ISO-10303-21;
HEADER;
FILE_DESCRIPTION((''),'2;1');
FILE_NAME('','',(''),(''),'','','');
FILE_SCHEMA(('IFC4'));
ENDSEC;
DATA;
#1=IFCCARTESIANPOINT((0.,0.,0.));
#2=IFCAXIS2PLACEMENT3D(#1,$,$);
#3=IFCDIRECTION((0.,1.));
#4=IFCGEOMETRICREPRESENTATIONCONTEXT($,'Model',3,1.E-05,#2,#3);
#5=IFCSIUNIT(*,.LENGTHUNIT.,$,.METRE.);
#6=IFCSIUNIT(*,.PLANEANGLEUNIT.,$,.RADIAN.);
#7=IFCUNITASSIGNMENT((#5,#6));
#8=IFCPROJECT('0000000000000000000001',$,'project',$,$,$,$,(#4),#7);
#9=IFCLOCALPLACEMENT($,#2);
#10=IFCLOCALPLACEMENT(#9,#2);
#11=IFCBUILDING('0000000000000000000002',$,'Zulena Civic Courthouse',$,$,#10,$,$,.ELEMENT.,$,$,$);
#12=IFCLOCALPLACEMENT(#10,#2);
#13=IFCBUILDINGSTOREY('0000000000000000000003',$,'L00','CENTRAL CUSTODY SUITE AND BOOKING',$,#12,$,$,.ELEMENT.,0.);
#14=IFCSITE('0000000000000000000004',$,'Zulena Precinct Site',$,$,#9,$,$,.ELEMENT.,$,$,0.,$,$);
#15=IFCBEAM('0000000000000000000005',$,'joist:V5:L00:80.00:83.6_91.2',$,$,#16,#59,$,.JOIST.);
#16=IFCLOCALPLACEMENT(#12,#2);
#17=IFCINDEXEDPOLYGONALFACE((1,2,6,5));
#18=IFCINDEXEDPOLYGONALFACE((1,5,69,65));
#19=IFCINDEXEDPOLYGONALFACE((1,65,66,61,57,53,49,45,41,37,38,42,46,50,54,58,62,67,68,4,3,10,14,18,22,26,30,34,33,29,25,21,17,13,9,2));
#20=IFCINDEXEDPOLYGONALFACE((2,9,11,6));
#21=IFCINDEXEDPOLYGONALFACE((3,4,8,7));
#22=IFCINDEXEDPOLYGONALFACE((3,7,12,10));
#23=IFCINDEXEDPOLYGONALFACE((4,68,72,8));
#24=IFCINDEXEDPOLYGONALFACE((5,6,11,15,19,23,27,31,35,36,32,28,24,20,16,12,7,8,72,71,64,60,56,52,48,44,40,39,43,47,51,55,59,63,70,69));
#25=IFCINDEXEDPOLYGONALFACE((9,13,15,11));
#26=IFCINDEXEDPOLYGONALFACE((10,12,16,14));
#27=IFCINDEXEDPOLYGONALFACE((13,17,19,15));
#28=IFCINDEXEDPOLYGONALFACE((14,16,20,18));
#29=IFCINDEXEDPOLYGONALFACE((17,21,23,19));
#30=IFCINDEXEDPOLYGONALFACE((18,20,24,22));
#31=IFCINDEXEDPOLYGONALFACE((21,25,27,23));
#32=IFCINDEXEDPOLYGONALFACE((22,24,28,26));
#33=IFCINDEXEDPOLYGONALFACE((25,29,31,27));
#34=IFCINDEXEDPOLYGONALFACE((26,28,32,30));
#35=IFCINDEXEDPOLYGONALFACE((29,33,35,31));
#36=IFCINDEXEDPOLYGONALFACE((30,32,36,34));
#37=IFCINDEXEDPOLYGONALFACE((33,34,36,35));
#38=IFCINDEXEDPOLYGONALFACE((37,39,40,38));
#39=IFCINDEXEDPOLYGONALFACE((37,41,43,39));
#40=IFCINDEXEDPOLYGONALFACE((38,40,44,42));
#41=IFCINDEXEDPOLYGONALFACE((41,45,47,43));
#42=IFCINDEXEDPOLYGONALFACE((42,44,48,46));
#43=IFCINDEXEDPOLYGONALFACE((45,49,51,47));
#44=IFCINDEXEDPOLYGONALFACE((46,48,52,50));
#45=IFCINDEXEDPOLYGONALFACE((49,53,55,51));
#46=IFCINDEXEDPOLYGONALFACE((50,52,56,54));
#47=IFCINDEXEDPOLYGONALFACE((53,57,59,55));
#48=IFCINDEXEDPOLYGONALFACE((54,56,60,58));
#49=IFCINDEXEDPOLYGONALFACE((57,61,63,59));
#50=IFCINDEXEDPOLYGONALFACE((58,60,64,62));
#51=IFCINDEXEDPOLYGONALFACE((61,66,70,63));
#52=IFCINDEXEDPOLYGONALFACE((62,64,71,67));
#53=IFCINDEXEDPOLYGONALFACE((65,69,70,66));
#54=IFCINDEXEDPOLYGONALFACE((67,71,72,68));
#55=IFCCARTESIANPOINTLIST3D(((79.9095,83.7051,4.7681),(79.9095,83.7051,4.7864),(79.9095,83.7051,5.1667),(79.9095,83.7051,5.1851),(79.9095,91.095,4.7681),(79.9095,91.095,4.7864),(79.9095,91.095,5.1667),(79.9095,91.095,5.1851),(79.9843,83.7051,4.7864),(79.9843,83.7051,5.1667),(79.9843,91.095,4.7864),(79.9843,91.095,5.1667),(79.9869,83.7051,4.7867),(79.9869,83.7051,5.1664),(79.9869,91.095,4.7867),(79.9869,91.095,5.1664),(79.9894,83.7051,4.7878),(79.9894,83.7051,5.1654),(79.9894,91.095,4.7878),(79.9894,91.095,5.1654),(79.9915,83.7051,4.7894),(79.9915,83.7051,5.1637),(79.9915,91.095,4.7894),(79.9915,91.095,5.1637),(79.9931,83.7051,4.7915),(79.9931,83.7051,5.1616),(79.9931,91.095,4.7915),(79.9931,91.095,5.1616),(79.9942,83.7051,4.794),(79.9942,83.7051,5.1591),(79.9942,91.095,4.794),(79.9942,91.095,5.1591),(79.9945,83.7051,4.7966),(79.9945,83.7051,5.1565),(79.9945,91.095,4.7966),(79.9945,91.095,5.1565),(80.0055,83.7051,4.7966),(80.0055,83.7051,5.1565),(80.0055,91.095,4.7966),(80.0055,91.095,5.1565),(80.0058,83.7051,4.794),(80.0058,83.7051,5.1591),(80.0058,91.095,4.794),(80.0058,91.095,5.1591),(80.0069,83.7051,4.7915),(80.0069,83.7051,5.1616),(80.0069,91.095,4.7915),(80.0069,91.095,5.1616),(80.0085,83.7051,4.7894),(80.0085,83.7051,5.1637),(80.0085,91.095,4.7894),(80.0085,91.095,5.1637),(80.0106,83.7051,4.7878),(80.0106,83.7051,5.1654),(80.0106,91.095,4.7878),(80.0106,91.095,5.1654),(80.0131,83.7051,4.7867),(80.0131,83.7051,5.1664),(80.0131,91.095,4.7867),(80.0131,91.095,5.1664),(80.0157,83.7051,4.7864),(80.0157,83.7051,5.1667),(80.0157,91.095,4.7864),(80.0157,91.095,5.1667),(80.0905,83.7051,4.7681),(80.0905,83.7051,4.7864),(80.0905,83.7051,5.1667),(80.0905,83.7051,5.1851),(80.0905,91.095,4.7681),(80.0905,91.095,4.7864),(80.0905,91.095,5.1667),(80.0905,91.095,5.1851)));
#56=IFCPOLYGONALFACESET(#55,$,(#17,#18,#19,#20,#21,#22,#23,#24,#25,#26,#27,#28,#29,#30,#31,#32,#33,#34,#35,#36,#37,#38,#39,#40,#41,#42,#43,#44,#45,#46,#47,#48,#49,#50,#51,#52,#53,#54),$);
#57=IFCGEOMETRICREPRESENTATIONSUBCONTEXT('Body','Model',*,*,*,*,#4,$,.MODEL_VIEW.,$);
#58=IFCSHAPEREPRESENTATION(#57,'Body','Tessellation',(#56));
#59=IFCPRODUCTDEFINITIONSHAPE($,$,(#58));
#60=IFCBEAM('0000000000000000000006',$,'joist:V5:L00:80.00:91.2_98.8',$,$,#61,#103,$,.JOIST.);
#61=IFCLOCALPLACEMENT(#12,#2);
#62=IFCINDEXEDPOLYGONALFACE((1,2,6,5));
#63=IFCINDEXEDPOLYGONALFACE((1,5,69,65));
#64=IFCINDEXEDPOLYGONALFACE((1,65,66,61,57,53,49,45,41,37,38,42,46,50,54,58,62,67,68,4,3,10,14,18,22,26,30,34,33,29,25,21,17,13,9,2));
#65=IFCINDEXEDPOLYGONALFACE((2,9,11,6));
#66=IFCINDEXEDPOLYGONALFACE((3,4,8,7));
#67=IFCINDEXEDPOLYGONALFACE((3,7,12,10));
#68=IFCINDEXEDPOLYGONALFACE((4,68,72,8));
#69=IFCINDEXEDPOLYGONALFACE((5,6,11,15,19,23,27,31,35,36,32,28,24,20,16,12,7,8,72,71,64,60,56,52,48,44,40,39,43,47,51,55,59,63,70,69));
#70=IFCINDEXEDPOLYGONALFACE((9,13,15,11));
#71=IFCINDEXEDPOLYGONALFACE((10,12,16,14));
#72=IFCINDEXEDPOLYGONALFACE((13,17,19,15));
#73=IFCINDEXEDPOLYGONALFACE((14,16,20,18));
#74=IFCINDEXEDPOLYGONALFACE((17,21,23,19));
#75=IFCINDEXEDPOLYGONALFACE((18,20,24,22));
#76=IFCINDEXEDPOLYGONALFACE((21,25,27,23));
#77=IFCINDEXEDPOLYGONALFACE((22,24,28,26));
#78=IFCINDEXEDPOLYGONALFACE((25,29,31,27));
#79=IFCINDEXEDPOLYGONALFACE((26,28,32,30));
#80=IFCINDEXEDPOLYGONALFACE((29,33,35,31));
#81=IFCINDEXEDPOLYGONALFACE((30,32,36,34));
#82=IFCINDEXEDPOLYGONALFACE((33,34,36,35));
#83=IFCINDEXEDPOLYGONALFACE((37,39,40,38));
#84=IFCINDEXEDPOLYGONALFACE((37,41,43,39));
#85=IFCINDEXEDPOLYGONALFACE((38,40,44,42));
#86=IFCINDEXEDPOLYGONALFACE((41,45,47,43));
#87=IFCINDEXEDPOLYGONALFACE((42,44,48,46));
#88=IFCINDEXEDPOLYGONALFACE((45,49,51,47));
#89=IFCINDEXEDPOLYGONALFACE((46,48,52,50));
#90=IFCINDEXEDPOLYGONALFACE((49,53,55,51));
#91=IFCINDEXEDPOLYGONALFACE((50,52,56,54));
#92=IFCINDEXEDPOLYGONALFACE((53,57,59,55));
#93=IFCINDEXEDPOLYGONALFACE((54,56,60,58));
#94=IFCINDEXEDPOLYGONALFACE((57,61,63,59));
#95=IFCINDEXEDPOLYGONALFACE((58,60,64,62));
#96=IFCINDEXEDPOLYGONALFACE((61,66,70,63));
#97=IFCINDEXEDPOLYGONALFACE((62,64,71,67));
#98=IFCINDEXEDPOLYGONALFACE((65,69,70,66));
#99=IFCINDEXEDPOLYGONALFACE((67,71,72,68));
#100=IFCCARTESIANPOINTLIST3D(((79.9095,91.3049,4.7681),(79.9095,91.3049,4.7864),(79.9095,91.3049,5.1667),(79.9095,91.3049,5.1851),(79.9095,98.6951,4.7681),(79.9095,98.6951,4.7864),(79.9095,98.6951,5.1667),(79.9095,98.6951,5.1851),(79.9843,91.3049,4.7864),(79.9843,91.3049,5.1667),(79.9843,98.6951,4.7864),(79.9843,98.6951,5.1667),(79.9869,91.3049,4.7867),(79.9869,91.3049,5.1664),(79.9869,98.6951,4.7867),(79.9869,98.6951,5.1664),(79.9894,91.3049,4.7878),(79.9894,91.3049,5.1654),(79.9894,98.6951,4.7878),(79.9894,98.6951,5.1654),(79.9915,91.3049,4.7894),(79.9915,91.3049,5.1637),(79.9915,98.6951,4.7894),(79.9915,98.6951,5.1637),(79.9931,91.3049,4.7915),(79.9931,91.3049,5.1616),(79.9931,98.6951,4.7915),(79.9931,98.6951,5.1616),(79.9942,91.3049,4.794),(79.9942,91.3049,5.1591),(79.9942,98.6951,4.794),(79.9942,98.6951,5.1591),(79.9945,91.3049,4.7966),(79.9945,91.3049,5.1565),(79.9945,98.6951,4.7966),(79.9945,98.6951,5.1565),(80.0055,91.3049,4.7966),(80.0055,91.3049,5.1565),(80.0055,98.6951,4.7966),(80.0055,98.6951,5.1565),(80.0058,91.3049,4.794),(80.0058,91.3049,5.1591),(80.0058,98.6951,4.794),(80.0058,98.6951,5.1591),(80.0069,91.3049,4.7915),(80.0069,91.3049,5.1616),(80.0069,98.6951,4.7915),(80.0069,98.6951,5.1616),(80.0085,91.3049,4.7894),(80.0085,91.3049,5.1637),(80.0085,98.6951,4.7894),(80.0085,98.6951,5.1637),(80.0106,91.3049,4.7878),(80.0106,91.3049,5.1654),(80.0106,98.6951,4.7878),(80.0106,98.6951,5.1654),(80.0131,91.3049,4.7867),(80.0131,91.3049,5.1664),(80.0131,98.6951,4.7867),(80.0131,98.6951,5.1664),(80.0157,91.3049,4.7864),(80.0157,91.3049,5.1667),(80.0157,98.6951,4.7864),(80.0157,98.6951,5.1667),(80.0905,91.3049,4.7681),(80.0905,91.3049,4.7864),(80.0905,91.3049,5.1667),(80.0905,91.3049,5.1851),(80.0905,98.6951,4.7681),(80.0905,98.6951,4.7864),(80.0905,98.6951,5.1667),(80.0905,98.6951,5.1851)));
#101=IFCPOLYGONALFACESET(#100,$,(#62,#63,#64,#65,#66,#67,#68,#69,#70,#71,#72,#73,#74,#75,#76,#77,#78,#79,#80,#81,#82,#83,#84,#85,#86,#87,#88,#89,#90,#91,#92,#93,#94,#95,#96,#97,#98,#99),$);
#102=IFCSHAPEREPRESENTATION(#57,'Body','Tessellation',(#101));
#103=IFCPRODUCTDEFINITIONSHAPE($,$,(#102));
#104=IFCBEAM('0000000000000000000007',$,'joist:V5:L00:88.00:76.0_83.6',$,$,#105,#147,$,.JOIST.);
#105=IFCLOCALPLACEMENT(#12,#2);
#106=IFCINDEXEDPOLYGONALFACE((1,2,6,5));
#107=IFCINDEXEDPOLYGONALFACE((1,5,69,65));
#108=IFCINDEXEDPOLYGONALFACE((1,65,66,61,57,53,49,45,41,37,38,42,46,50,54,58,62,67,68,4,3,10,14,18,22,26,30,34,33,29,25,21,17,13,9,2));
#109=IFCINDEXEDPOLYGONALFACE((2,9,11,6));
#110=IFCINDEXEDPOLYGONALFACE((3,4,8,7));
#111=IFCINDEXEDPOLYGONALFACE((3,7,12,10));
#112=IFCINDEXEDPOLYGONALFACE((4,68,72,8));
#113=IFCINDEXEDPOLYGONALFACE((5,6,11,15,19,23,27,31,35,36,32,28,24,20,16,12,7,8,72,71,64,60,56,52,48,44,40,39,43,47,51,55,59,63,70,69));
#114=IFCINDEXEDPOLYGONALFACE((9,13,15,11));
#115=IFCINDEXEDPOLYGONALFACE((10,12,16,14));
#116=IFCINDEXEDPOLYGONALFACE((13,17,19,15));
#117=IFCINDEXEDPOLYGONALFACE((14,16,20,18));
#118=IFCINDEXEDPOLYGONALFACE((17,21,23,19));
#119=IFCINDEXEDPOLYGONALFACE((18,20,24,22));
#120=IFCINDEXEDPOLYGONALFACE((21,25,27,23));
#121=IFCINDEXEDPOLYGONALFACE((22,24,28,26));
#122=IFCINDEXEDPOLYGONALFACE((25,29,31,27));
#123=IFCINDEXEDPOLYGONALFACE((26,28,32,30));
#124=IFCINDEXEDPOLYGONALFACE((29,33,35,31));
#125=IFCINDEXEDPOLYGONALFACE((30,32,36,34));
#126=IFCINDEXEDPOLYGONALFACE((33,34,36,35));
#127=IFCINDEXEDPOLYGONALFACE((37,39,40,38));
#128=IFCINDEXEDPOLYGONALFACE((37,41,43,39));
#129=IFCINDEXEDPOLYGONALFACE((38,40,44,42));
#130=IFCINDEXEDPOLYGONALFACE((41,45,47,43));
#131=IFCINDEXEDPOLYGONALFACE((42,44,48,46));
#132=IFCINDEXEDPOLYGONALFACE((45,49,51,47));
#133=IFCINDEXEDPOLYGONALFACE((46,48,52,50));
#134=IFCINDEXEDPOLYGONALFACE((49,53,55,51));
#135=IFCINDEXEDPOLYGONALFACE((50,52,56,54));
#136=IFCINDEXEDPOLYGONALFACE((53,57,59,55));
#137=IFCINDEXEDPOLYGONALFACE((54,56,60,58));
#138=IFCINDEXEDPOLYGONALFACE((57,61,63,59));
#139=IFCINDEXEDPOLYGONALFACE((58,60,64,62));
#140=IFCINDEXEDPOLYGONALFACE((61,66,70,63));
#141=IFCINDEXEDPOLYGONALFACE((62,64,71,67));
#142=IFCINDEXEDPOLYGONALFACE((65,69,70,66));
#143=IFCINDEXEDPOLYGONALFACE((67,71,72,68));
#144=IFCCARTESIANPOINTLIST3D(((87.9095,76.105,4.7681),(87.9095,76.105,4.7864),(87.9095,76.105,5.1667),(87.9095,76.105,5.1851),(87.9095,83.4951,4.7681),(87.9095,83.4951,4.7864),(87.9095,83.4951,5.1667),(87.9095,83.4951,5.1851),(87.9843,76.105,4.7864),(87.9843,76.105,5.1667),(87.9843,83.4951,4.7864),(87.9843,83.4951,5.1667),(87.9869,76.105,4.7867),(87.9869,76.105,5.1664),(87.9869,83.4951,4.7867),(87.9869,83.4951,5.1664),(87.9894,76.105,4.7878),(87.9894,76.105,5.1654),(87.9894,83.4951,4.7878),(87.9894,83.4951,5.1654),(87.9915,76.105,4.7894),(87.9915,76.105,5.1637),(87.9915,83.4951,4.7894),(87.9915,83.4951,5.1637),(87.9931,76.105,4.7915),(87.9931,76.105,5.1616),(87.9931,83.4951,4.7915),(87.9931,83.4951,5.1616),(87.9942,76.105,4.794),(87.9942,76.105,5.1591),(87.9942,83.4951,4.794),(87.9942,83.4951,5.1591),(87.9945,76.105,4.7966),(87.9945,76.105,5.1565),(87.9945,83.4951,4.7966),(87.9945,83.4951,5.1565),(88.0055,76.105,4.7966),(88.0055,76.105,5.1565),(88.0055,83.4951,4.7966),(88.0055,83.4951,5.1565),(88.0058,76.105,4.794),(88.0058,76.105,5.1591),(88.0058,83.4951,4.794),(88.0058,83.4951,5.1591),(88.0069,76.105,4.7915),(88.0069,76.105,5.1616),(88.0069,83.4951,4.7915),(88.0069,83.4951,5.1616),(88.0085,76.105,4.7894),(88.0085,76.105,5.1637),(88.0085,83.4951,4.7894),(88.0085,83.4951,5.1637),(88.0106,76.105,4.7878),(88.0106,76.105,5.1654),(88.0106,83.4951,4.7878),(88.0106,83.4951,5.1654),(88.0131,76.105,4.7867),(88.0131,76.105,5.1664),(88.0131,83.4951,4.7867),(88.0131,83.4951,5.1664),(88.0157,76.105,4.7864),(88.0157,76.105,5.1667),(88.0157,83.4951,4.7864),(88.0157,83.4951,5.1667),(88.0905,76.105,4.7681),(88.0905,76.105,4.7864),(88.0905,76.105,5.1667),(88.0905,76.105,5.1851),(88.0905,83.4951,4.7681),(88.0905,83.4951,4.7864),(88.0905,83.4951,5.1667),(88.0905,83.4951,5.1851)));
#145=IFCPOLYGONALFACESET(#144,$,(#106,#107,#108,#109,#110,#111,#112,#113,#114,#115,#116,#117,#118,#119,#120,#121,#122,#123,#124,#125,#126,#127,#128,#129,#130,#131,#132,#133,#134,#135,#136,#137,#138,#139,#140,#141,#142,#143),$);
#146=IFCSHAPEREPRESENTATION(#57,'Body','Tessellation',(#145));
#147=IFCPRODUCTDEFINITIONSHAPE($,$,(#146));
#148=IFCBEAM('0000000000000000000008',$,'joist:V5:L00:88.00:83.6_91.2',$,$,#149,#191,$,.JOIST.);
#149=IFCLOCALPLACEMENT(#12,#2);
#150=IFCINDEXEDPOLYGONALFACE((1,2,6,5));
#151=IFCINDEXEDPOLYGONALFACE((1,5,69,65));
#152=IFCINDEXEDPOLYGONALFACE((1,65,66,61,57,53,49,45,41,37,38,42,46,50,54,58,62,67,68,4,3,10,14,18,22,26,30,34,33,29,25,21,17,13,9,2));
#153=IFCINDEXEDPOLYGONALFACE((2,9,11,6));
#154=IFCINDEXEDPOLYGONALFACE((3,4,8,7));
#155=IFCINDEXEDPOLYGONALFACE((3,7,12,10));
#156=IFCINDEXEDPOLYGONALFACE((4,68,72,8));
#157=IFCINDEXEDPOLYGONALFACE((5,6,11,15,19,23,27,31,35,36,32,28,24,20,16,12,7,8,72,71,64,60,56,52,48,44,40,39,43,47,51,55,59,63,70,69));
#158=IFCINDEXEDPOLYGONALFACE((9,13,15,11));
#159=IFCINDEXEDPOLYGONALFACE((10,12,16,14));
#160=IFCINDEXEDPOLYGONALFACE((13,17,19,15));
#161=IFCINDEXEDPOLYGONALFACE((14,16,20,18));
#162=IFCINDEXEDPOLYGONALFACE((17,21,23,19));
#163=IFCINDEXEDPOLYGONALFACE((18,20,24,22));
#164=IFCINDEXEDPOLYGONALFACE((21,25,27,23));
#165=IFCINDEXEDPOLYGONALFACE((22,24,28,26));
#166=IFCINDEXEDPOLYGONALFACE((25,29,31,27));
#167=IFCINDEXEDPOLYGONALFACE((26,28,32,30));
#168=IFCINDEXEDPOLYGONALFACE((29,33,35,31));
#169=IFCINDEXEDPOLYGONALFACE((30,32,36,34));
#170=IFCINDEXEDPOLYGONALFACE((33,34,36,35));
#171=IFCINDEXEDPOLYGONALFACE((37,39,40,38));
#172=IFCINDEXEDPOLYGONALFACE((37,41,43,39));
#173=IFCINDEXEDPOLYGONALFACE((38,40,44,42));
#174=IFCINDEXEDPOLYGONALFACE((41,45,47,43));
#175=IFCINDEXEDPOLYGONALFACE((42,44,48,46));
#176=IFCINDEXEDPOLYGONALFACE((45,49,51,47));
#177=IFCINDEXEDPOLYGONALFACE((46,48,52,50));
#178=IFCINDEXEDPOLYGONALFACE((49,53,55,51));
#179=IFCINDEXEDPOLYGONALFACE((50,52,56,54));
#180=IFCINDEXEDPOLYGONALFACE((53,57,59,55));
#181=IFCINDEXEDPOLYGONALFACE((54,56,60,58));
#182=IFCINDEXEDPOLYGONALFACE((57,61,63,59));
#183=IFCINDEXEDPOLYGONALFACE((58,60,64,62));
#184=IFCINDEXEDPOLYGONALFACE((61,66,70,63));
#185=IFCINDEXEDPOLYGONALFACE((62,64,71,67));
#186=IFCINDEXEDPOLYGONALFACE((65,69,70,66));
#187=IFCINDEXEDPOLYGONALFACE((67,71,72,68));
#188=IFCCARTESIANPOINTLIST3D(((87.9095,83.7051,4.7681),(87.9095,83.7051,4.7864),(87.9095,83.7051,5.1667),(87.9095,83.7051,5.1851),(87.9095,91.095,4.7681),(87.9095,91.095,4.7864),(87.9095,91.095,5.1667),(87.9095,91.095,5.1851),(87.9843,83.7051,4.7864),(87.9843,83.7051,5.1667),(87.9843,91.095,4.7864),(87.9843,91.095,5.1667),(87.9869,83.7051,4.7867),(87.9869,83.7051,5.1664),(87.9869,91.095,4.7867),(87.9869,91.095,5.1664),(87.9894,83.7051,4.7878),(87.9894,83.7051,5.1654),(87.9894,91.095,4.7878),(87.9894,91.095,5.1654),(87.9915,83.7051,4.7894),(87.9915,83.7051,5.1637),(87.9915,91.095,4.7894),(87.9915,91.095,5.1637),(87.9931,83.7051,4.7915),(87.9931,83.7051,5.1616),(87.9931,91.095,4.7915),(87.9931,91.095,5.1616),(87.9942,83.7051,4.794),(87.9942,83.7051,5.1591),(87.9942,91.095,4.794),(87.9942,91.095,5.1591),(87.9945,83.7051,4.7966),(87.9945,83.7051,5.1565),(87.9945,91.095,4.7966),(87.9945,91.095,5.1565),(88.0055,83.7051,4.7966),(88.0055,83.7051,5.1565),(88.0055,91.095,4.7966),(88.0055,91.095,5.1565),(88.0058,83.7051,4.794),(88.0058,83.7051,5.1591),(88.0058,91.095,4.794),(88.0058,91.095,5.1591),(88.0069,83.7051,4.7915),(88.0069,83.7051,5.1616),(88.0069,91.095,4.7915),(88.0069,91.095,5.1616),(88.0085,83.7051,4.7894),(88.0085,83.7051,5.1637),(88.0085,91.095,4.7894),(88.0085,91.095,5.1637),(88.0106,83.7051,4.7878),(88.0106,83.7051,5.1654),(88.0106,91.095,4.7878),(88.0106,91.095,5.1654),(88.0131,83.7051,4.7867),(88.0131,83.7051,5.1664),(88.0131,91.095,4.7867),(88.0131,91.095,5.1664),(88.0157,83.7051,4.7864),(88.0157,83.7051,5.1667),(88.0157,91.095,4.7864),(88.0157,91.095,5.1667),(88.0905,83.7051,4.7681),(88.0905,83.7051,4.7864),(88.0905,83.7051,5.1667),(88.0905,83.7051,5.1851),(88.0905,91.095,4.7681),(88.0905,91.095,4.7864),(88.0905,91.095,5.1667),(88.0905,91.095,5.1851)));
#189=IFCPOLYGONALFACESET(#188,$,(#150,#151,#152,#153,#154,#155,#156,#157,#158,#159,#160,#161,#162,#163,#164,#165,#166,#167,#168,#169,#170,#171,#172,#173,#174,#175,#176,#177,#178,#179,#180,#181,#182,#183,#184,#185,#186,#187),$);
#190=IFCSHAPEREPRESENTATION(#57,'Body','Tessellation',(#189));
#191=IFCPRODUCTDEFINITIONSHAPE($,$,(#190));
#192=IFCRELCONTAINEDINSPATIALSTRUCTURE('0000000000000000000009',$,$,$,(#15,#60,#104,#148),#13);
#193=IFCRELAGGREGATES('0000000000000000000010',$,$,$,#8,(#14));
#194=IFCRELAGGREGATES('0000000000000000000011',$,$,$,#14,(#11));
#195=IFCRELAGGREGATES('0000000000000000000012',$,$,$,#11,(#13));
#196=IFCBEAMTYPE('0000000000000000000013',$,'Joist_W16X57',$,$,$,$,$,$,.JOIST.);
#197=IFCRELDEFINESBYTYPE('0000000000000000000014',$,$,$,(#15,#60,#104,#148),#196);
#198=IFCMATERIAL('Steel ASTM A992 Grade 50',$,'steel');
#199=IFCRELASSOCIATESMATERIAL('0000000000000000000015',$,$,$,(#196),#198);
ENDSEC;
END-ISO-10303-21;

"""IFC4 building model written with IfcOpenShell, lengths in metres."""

from ifc_helpers import new_model, si_unit, direction, frame, origin, origin_2d, place, context, subcontext, project, spatial, i_section, extrude, material, material_profile, profile_set, type_object, element, save


model = new_model("IFC4")

# Units and contexts
model_context = context("Model", 3, precision=1e-05, world=origin(), true_north=direction((0.0, 1.0)))
body_context = subcontext(model_context, "Body", "Model", "MODEL_VIEW")
ifc_project = project(units=[si_unit("LENGTHUNIT", "METRE"), si_unit("PLANEANGLEUNIT", "RADIAN")], contexts=[model_context])

# Site, building, storey
site_placement = place(None, origin())
site = spatial("IfcSite", under=ifc_project, at=site_placement, Name="Zulena Precinct Site", CompositionType="ELEMENT", RefElevation=0.0)
building_placement = place(site_placement, origin())
building = spatial("IfcBuilding", under=site, at=building_placement, Name="Zulena Civic Courthouse", CompositionType="ELEMENT")
storey_placement = place(building_placement, origin())
storey = spatial("IfcBuildingStorey", under=building, at=storey_placement, Name="L00", Description="CENTRAL CUSTODY SUITE AND BOOKING", CompositionType="ELEMENT", Elevation=0.0)

# Shared definitions
ifc_material_1 = material(Name="Steel ASTM A992 Grade 50", Category="steel")

# Beams
ifc_material_profile_1 = material_profile(ifc_material_1, i_section(OverallWidth=0.1809, OverallDepth=0.417, WebThickness=0.011, FlangeThickness=0.0183, FilletRadius=0.0103, at=origin_2d()), Name="W16X57")
ifc_profile_set_1 = profile_set([ifc_material_profile_1], Name="Steel ASTM A992 Grade 50")
beam_type_1 = type_object("IfcBeamType", Name="Joist_W16X57", PredefinedType="JOIST", material=ifc_profile_set_1)
beam_1_placement = place(storey_placement, frame((80.0, 83.7051, 4.9766), z_axis=(0.0, 1.0, 0.0), x_axis=(-1.0, 0.0, 0.0)))
element("IfcBeam", 1, at=beam_1_placement, inside=storey, type_object=beam_type_1, Name="joist:V5:L00:80.00:83.6_91.2", PredefinedType="JOIST", context=body_context, shape_type="SweptSolid", body=[
    extrude(i_section(OverallWidth=0.1809, OverallDepth=0.417, WebThickness=0.011, FlangeThickness=0.0183, FilletRadius=0.0103, at=origin_2d()), origin(), (0.0, 0.0, 1.0), 7.3899),
])
for number, where, z_axis, x_axis, name in (
    (2, (80.0, 91.3049, 4.9766), (0.0, 1.0, 0.0), (-1.0, 0.0, 0.0), "joist:V5:L00:80.00:91.2_98.8"),
    (3, (88.0, 76.105, 4.9766), (0.0, 1.0, 0.0), (-1.0, 0.0, 0.0), "joist:V5:L00:88.00:76.0_83.6"),
):
    element("IfcBeam", number, at=place(storey_placement, frame(where, z_axis=z_axis, x_axis=x_axis)), inside=storey, type_object=beam_type_1, Name=name, PredefinedType="JOIST", context=body_context, shape_type="SweptSolid", body=[
        extrude(i_section(OverallWidth=0.1809, OverallDepth=0.417, WebThickness=0.011, FlangeThickness=0.0183, FilletRadius=0.0103, at=origin_2d()), origin(), (0.0, 0.0, 1.0), 7.3901),
    ])
beam_2_placement = place(storey_placement, frame((88.0, 83.7051, 4.9766), z_axis=(0.0, 1.0, 0.0), x_axis=(-1.0, 0.0, 0.0)))
element("IfcBeam", 4, at=beam_2_placement, inside=storey, type_object=beam_type_1, Name="joist:V5:L00:88.00:83.6_91.2", PredefinedType="JOIST", context=body_context, shape_type="SweptSolid", body=[
    extrude(i_section(OverallWidth=0.1809, OverallDepth=0.417, WebThickness=0.011, FlangeThickness=0.0183, FilletRadius=0.0103, at=origin_2d()), origin(), (0.0, 0.0, 1.0), 7.3899),
])

save(model, "model.ifc")
